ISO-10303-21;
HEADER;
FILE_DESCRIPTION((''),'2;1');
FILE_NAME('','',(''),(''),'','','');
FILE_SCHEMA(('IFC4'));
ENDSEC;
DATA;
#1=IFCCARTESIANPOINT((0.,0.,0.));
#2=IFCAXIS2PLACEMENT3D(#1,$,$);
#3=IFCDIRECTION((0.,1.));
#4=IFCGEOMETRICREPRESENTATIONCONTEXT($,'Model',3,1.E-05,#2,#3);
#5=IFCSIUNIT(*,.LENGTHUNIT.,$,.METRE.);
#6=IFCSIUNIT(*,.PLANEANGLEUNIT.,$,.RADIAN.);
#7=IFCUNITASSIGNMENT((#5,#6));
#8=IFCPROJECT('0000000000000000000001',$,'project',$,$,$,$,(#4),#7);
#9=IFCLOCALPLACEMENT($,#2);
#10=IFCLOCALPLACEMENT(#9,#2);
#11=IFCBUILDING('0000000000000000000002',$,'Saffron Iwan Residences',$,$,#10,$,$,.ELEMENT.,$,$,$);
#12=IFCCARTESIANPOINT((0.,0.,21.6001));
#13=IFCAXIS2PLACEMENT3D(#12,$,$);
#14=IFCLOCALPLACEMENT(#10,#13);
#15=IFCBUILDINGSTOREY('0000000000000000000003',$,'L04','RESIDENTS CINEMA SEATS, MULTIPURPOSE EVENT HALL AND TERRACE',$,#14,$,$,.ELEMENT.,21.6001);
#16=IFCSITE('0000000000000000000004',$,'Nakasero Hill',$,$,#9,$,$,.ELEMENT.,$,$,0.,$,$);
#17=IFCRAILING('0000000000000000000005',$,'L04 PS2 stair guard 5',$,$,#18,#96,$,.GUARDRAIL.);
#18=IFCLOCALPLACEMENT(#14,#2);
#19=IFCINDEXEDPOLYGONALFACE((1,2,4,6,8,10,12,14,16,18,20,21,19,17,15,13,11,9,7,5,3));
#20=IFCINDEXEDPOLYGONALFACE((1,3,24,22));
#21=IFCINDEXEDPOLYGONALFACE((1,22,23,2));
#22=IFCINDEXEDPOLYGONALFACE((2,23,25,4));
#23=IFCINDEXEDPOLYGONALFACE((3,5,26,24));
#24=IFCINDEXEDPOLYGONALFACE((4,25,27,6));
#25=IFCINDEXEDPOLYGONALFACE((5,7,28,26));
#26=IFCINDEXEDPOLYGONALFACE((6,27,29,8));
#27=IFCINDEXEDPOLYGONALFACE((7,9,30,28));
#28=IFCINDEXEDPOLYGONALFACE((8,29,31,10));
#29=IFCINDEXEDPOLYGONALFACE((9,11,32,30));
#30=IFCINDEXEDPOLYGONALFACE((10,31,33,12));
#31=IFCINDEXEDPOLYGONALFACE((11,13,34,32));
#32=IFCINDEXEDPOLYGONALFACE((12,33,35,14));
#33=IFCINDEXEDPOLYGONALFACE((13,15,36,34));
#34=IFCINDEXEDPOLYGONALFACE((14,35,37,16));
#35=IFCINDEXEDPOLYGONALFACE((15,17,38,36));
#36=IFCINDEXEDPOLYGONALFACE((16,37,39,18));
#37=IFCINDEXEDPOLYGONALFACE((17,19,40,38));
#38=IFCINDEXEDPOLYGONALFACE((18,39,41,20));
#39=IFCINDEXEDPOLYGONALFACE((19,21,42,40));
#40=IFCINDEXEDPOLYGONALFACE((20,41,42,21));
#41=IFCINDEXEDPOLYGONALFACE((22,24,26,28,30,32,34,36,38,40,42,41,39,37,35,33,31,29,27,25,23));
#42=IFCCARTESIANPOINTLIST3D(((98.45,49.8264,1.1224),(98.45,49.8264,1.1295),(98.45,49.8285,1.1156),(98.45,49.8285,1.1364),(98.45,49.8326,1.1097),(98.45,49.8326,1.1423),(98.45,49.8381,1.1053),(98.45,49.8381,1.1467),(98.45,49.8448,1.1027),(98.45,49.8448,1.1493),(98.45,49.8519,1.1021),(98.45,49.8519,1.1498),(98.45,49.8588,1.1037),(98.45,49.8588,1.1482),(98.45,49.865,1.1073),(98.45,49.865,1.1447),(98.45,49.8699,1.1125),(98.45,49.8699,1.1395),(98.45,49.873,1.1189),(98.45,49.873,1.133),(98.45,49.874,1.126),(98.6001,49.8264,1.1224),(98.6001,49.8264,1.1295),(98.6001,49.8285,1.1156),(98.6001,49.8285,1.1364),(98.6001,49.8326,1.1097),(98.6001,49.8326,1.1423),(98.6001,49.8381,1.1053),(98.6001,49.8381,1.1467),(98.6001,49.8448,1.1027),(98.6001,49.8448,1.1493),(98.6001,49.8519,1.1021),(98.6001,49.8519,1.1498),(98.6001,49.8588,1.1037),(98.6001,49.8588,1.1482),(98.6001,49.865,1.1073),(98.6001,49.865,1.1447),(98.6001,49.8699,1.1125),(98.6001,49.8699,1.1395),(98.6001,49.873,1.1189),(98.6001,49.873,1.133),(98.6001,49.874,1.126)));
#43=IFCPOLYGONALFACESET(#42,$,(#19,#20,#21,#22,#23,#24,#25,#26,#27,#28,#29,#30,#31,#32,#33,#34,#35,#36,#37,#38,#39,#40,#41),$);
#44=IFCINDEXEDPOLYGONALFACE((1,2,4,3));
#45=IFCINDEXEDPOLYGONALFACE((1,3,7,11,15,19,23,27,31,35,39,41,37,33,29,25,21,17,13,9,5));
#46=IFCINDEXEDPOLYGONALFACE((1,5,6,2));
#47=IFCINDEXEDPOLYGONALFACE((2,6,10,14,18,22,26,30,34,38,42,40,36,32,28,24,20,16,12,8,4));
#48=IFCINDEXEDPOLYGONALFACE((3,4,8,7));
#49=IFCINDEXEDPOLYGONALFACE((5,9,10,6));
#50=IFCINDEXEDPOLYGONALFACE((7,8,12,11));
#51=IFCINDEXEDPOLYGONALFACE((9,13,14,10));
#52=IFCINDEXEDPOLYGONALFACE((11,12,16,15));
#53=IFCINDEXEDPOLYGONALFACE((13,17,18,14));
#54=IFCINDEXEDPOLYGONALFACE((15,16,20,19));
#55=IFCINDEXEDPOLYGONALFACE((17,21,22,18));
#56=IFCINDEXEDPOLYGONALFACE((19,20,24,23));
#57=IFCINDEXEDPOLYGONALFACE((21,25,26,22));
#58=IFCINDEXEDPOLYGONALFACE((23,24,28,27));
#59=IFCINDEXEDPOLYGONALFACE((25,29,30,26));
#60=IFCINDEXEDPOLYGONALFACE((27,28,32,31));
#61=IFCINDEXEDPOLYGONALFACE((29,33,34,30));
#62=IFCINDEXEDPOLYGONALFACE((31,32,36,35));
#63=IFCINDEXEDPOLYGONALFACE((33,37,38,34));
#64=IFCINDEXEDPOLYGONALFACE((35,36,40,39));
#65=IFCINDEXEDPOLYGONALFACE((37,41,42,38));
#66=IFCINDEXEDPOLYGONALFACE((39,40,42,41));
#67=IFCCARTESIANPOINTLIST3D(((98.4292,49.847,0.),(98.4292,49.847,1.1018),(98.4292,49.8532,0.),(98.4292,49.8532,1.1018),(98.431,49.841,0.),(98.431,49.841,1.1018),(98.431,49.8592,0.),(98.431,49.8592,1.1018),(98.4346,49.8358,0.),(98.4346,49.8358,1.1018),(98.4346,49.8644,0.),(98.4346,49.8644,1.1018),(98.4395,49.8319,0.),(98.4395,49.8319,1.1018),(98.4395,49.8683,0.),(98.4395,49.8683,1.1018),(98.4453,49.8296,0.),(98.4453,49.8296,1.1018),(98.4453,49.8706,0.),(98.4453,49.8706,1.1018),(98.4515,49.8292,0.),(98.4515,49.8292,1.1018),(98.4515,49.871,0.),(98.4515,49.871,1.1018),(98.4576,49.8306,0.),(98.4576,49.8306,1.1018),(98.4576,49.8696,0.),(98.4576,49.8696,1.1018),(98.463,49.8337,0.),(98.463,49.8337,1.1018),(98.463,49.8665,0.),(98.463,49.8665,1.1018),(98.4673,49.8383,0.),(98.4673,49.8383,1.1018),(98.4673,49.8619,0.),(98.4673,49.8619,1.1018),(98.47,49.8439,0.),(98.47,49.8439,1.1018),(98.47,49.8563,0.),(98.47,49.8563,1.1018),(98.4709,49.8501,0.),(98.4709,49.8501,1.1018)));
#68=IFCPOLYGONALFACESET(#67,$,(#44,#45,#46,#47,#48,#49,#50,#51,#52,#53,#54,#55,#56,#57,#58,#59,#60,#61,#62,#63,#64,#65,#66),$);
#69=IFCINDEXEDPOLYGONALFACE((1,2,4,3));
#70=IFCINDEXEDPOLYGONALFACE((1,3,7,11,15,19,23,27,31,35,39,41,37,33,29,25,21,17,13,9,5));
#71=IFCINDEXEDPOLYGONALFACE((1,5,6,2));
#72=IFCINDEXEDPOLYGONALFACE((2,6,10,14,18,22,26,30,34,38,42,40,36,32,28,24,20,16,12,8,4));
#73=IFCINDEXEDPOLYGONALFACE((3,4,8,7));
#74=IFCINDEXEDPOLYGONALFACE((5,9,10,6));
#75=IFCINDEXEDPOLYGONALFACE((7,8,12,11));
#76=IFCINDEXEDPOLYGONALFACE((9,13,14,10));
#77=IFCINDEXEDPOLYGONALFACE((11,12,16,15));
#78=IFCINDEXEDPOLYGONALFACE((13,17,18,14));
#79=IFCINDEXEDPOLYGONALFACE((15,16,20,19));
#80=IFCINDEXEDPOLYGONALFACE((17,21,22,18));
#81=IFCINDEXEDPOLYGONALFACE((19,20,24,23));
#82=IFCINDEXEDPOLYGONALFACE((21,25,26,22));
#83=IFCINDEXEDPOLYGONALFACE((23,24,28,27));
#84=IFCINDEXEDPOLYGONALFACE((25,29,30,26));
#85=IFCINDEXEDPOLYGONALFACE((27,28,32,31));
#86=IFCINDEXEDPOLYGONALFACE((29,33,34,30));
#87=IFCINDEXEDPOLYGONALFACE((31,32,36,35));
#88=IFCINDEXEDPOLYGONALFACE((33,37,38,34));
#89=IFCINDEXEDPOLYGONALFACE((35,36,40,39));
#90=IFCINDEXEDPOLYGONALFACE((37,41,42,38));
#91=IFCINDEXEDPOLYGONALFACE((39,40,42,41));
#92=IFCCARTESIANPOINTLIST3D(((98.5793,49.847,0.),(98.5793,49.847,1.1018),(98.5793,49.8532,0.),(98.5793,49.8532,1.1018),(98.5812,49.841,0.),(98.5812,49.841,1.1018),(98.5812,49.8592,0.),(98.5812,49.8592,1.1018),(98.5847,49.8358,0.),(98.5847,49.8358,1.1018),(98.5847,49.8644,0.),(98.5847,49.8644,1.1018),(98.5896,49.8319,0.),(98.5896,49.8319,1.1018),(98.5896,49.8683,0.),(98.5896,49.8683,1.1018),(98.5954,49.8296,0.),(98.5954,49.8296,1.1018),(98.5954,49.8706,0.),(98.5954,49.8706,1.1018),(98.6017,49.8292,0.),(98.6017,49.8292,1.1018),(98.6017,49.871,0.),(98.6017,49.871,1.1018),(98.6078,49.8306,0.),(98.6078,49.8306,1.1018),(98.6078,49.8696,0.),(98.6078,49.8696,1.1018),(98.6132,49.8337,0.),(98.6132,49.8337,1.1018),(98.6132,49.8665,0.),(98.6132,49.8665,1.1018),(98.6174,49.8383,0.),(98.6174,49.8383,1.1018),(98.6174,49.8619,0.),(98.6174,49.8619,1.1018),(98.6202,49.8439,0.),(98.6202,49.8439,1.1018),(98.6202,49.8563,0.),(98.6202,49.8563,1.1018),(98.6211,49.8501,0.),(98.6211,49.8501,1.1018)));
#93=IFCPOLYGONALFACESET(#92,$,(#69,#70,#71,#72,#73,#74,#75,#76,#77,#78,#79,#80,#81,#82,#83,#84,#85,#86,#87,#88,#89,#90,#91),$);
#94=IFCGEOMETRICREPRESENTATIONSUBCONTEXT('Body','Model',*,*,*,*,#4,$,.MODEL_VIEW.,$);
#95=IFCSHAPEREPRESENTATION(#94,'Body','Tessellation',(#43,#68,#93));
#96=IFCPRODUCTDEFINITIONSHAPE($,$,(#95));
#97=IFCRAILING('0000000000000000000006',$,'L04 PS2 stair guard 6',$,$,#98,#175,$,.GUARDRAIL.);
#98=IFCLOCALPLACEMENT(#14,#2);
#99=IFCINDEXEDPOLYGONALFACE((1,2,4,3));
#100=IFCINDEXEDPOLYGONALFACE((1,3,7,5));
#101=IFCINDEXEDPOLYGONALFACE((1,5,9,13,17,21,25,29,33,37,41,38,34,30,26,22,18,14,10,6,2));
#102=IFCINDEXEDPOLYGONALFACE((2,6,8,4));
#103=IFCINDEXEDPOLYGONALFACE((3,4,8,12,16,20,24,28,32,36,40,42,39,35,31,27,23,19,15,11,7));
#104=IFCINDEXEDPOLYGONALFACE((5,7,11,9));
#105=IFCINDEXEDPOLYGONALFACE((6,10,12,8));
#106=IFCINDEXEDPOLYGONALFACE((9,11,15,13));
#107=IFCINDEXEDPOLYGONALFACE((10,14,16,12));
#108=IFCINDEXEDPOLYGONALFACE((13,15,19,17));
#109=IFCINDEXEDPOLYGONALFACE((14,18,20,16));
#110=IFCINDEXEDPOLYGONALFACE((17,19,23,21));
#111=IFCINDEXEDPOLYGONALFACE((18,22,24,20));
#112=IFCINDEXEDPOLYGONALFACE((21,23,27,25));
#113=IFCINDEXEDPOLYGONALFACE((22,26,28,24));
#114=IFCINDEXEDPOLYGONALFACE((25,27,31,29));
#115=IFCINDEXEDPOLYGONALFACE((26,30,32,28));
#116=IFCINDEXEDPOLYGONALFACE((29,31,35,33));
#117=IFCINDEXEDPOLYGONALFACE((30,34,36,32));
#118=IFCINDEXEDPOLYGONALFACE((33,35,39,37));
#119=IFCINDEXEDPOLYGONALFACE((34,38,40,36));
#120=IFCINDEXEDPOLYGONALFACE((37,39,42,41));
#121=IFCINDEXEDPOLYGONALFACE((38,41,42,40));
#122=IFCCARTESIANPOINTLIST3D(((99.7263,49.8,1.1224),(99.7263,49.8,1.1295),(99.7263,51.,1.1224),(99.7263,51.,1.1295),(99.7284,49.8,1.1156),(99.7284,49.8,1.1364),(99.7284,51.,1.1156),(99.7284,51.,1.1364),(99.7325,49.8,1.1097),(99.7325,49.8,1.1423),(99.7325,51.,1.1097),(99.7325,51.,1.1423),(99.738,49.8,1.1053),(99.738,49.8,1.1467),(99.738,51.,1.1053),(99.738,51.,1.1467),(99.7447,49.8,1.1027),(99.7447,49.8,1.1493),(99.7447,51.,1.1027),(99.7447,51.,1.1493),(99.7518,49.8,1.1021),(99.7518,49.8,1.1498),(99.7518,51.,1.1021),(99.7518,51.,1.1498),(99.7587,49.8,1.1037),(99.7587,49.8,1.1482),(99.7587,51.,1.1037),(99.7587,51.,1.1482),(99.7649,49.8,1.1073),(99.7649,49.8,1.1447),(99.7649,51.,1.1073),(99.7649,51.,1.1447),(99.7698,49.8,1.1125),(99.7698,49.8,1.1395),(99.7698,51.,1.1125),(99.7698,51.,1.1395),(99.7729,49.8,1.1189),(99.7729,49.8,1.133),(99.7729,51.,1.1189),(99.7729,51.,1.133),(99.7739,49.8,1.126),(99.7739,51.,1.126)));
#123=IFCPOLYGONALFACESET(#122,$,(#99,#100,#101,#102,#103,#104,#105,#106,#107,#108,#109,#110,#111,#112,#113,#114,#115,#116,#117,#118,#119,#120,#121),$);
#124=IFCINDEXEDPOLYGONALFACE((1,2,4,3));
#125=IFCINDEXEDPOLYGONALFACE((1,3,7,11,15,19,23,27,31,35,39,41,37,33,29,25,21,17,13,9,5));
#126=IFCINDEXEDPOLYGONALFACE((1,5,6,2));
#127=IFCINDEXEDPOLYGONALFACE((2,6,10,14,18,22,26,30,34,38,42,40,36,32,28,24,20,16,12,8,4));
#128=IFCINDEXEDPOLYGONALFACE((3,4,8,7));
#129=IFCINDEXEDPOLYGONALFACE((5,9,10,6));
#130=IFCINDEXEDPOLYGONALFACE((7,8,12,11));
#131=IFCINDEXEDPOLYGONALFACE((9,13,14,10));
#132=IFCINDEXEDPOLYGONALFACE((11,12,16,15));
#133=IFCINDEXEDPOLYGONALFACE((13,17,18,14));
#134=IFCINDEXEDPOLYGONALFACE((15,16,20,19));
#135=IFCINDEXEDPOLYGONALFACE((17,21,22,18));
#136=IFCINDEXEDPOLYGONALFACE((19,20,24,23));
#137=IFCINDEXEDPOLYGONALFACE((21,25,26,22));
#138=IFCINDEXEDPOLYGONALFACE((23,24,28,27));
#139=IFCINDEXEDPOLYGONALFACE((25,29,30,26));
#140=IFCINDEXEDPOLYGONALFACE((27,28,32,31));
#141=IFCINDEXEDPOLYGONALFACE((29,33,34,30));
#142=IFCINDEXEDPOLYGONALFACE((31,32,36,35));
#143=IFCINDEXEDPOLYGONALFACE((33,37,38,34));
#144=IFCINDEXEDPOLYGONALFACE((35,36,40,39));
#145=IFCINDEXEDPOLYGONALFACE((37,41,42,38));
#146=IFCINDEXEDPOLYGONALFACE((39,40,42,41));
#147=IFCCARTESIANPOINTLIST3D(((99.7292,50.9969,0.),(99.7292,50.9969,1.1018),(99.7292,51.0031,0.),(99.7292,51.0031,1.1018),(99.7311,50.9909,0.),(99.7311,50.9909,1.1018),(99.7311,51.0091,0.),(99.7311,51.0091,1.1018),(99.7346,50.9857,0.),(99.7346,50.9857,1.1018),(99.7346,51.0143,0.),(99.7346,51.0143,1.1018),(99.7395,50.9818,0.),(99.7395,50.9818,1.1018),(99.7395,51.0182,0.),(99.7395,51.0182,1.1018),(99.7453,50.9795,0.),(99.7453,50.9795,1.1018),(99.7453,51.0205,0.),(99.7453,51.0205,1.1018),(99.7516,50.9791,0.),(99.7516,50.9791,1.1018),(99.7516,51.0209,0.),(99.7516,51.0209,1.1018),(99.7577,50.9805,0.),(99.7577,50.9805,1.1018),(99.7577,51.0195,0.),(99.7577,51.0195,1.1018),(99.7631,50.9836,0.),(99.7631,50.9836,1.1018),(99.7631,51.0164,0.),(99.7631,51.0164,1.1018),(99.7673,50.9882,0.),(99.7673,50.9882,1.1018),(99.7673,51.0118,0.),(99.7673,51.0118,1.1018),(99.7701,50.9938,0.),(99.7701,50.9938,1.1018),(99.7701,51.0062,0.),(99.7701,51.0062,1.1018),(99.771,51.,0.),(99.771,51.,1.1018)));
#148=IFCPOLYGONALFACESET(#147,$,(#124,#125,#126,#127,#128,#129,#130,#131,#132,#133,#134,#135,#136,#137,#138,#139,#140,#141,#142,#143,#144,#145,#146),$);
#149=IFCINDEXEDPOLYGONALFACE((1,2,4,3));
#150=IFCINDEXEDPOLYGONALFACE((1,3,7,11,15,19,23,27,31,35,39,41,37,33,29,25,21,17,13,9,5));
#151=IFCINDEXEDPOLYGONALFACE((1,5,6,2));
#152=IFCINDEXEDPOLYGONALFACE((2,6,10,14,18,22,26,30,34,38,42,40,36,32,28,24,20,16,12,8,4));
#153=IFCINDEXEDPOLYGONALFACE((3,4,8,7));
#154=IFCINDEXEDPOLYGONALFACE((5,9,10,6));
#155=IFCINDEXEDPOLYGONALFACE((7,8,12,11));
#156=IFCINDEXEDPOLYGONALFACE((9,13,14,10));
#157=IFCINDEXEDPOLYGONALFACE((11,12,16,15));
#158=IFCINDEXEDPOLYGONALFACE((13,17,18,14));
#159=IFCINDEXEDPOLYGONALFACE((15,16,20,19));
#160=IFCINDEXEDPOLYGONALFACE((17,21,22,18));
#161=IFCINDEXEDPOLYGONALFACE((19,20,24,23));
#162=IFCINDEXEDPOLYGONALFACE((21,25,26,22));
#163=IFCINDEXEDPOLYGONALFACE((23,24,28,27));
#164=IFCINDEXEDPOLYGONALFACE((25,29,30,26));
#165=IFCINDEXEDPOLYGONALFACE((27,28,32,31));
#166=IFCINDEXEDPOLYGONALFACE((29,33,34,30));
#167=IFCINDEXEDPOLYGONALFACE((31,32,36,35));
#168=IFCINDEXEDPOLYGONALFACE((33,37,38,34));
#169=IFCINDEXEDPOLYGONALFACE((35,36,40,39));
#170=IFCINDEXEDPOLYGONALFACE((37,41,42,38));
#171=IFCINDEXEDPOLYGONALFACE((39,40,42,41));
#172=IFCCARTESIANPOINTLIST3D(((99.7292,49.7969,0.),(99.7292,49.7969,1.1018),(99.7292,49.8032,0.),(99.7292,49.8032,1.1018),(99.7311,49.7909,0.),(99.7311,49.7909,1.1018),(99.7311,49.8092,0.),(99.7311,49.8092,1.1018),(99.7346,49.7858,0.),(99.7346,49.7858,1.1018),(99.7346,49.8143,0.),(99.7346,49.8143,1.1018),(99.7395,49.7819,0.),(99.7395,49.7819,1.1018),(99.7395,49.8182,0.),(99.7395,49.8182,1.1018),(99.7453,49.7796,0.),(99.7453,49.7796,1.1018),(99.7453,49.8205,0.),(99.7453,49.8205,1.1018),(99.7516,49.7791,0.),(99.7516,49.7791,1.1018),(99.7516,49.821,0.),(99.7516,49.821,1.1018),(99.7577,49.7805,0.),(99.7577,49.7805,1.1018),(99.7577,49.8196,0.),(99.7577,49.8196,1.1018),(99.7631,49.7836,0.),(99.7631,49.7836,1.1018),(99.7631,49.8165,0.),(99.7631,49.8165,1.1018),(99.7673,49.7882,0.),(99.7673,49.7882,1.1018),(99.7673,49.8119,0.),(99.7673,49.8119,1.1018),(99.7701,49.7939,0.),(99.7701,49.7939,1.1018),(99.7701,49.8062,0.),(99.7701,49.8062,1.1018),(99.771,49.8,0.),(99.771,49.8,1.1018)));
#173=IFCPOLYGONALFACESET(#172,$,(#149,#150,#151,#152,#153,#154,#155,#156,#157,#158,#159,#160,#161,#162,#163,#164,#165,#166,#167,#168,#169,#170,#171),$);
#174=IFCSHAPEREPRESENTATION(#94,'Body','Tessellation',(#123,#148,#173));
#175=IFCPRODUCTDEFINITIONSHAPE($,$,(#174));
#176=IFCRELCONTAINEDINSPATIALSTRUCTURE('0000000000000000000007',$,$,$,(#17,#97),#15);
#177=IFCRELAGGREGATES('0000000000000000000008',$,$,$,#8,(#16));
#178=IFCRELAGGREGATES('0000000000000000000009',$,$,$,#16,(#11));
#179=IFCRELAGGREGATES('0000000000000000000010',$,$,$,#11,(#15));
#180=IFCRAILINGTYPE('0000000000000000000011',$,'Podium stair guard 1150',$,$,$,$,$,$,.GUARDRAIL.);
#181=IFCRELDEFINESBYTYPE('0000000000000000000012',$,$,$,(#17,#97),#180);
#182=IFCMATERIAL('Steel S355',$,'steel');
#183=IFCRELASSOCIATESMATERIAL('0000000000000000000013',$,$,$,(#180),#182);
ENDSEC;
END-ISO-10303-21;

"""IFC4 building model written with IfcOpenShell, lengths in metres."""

from ifc_helpers import new_model, si_unit, direction, frame, origin, origin_2d, place, context, subcontext, project, spatial, circle, extrude, material, type_object, element, save


model = new_model("IFC4")

# Units and contexts
model_context = context("Model", 3, precision=1e-05, world=origin(), true_north=direction((0.0, 1.0)))
body_context = subcontext(model_context, "Body", "Model", "MODEL_VIEW")
ifc_project = project(units=[si_unit("LENGTHUNIT", "METRE"), si_unit("PLANEANGLEUNIT", "RADIAN")], contexts=[model_context])

# Site, building, storey
site_placement = place(None, origin())
site = spatial("IfcSite", under=ifc_project, at=site_placement, Name="Nakasero Hill", CompositionType="ELEMENT", RefElevation=0.0)
building_placement = place(site_placement, origin())
building = spatial("IfcBuilding", under=site, at=building_placement, Name="Saffron Iwan Residences", CompositionType="ELEMENT")
storey_placement = place(building_placement, frame((0.0, 0.0, 21.6001)))
storey = spatial("IfcBuildingStorey", under=building, at=storey_placement, Name="L04", Description="RESIDENTS CINEMA SEATS, MULTIPURPOSE EVENT HALL AND TERRACE", CompositionType="ELEMENT", Elevation=21.6001)

# Railings
ifc_material_1 = material(Name="Steel S355", Category="steel")
railing_type_1 = type_object("IfcRailingType", Name="Podium stair guard 1150", PredefinedType="GUARDRAIL", material=ifc_material_1)
railing_1_placement = place(storey_placement, frame((98.45, 49.8501, 0.0)))
element("IfcRailing", 1, at=railing_1_placement, inside=storey, type_object=railing_type_1, Name="L04 PS2 stair guard 5", PredefinedType="GUARDRAIL", context=body_context, shape_type="SweptSolid", body=[
    extrude(circle(Radius=0.0239, at=origin_2d()), frame((0.0, 0.0, 1.126), z_axis=(1.0, 0.0, 0.0), x_axis=(0.0, 1.0, 0.0)), (0.0, 0.0, 1.0), 0.1501),
    extrude(circle(Radius=0.021, at=origin_2d()), origin(), (0.0, 0.0, 1.0), 1.1018),
    extrude(circle(Radius=0.021, at=origin_2d()), frame((0.1501, 0.0, 0.0)), (0.0, 0.0, 1.0), 1.1018),
])
railing_2_placement = place(storey_placement, frame((99.75, 51.0, 0.0)))
element("IfcRailing", 2, at=railing_2_placement, inside=storey, type_object=railing_type_1, Name="L04 PS2 stair guard 6", PredefinedType="GUARDRAIL", context=body_context, shape_type="SweptSolid", body=[
    extrude(circle(Radius=0.0239, at=origin_2d()), frame((0.0, 0.0, 1.126), z_axis=(0.0, -1.0, 0.0), x_axis=(1.0, 0.0, 0.0)), (0.0, 0.0, 1.0), 1.2),
    extrude(circle(Radius=0.021, at=origin_2d()), origin(), (0.0, 0.0, 1.0), 1.1018),
    extrude(circle(Radius=0.021, at=origin_2d()), frame((0.0, -1.2, 0.0)), (0.0, 0.0, 1.0), 1.1018),
])

save(model, "model.ifc")
